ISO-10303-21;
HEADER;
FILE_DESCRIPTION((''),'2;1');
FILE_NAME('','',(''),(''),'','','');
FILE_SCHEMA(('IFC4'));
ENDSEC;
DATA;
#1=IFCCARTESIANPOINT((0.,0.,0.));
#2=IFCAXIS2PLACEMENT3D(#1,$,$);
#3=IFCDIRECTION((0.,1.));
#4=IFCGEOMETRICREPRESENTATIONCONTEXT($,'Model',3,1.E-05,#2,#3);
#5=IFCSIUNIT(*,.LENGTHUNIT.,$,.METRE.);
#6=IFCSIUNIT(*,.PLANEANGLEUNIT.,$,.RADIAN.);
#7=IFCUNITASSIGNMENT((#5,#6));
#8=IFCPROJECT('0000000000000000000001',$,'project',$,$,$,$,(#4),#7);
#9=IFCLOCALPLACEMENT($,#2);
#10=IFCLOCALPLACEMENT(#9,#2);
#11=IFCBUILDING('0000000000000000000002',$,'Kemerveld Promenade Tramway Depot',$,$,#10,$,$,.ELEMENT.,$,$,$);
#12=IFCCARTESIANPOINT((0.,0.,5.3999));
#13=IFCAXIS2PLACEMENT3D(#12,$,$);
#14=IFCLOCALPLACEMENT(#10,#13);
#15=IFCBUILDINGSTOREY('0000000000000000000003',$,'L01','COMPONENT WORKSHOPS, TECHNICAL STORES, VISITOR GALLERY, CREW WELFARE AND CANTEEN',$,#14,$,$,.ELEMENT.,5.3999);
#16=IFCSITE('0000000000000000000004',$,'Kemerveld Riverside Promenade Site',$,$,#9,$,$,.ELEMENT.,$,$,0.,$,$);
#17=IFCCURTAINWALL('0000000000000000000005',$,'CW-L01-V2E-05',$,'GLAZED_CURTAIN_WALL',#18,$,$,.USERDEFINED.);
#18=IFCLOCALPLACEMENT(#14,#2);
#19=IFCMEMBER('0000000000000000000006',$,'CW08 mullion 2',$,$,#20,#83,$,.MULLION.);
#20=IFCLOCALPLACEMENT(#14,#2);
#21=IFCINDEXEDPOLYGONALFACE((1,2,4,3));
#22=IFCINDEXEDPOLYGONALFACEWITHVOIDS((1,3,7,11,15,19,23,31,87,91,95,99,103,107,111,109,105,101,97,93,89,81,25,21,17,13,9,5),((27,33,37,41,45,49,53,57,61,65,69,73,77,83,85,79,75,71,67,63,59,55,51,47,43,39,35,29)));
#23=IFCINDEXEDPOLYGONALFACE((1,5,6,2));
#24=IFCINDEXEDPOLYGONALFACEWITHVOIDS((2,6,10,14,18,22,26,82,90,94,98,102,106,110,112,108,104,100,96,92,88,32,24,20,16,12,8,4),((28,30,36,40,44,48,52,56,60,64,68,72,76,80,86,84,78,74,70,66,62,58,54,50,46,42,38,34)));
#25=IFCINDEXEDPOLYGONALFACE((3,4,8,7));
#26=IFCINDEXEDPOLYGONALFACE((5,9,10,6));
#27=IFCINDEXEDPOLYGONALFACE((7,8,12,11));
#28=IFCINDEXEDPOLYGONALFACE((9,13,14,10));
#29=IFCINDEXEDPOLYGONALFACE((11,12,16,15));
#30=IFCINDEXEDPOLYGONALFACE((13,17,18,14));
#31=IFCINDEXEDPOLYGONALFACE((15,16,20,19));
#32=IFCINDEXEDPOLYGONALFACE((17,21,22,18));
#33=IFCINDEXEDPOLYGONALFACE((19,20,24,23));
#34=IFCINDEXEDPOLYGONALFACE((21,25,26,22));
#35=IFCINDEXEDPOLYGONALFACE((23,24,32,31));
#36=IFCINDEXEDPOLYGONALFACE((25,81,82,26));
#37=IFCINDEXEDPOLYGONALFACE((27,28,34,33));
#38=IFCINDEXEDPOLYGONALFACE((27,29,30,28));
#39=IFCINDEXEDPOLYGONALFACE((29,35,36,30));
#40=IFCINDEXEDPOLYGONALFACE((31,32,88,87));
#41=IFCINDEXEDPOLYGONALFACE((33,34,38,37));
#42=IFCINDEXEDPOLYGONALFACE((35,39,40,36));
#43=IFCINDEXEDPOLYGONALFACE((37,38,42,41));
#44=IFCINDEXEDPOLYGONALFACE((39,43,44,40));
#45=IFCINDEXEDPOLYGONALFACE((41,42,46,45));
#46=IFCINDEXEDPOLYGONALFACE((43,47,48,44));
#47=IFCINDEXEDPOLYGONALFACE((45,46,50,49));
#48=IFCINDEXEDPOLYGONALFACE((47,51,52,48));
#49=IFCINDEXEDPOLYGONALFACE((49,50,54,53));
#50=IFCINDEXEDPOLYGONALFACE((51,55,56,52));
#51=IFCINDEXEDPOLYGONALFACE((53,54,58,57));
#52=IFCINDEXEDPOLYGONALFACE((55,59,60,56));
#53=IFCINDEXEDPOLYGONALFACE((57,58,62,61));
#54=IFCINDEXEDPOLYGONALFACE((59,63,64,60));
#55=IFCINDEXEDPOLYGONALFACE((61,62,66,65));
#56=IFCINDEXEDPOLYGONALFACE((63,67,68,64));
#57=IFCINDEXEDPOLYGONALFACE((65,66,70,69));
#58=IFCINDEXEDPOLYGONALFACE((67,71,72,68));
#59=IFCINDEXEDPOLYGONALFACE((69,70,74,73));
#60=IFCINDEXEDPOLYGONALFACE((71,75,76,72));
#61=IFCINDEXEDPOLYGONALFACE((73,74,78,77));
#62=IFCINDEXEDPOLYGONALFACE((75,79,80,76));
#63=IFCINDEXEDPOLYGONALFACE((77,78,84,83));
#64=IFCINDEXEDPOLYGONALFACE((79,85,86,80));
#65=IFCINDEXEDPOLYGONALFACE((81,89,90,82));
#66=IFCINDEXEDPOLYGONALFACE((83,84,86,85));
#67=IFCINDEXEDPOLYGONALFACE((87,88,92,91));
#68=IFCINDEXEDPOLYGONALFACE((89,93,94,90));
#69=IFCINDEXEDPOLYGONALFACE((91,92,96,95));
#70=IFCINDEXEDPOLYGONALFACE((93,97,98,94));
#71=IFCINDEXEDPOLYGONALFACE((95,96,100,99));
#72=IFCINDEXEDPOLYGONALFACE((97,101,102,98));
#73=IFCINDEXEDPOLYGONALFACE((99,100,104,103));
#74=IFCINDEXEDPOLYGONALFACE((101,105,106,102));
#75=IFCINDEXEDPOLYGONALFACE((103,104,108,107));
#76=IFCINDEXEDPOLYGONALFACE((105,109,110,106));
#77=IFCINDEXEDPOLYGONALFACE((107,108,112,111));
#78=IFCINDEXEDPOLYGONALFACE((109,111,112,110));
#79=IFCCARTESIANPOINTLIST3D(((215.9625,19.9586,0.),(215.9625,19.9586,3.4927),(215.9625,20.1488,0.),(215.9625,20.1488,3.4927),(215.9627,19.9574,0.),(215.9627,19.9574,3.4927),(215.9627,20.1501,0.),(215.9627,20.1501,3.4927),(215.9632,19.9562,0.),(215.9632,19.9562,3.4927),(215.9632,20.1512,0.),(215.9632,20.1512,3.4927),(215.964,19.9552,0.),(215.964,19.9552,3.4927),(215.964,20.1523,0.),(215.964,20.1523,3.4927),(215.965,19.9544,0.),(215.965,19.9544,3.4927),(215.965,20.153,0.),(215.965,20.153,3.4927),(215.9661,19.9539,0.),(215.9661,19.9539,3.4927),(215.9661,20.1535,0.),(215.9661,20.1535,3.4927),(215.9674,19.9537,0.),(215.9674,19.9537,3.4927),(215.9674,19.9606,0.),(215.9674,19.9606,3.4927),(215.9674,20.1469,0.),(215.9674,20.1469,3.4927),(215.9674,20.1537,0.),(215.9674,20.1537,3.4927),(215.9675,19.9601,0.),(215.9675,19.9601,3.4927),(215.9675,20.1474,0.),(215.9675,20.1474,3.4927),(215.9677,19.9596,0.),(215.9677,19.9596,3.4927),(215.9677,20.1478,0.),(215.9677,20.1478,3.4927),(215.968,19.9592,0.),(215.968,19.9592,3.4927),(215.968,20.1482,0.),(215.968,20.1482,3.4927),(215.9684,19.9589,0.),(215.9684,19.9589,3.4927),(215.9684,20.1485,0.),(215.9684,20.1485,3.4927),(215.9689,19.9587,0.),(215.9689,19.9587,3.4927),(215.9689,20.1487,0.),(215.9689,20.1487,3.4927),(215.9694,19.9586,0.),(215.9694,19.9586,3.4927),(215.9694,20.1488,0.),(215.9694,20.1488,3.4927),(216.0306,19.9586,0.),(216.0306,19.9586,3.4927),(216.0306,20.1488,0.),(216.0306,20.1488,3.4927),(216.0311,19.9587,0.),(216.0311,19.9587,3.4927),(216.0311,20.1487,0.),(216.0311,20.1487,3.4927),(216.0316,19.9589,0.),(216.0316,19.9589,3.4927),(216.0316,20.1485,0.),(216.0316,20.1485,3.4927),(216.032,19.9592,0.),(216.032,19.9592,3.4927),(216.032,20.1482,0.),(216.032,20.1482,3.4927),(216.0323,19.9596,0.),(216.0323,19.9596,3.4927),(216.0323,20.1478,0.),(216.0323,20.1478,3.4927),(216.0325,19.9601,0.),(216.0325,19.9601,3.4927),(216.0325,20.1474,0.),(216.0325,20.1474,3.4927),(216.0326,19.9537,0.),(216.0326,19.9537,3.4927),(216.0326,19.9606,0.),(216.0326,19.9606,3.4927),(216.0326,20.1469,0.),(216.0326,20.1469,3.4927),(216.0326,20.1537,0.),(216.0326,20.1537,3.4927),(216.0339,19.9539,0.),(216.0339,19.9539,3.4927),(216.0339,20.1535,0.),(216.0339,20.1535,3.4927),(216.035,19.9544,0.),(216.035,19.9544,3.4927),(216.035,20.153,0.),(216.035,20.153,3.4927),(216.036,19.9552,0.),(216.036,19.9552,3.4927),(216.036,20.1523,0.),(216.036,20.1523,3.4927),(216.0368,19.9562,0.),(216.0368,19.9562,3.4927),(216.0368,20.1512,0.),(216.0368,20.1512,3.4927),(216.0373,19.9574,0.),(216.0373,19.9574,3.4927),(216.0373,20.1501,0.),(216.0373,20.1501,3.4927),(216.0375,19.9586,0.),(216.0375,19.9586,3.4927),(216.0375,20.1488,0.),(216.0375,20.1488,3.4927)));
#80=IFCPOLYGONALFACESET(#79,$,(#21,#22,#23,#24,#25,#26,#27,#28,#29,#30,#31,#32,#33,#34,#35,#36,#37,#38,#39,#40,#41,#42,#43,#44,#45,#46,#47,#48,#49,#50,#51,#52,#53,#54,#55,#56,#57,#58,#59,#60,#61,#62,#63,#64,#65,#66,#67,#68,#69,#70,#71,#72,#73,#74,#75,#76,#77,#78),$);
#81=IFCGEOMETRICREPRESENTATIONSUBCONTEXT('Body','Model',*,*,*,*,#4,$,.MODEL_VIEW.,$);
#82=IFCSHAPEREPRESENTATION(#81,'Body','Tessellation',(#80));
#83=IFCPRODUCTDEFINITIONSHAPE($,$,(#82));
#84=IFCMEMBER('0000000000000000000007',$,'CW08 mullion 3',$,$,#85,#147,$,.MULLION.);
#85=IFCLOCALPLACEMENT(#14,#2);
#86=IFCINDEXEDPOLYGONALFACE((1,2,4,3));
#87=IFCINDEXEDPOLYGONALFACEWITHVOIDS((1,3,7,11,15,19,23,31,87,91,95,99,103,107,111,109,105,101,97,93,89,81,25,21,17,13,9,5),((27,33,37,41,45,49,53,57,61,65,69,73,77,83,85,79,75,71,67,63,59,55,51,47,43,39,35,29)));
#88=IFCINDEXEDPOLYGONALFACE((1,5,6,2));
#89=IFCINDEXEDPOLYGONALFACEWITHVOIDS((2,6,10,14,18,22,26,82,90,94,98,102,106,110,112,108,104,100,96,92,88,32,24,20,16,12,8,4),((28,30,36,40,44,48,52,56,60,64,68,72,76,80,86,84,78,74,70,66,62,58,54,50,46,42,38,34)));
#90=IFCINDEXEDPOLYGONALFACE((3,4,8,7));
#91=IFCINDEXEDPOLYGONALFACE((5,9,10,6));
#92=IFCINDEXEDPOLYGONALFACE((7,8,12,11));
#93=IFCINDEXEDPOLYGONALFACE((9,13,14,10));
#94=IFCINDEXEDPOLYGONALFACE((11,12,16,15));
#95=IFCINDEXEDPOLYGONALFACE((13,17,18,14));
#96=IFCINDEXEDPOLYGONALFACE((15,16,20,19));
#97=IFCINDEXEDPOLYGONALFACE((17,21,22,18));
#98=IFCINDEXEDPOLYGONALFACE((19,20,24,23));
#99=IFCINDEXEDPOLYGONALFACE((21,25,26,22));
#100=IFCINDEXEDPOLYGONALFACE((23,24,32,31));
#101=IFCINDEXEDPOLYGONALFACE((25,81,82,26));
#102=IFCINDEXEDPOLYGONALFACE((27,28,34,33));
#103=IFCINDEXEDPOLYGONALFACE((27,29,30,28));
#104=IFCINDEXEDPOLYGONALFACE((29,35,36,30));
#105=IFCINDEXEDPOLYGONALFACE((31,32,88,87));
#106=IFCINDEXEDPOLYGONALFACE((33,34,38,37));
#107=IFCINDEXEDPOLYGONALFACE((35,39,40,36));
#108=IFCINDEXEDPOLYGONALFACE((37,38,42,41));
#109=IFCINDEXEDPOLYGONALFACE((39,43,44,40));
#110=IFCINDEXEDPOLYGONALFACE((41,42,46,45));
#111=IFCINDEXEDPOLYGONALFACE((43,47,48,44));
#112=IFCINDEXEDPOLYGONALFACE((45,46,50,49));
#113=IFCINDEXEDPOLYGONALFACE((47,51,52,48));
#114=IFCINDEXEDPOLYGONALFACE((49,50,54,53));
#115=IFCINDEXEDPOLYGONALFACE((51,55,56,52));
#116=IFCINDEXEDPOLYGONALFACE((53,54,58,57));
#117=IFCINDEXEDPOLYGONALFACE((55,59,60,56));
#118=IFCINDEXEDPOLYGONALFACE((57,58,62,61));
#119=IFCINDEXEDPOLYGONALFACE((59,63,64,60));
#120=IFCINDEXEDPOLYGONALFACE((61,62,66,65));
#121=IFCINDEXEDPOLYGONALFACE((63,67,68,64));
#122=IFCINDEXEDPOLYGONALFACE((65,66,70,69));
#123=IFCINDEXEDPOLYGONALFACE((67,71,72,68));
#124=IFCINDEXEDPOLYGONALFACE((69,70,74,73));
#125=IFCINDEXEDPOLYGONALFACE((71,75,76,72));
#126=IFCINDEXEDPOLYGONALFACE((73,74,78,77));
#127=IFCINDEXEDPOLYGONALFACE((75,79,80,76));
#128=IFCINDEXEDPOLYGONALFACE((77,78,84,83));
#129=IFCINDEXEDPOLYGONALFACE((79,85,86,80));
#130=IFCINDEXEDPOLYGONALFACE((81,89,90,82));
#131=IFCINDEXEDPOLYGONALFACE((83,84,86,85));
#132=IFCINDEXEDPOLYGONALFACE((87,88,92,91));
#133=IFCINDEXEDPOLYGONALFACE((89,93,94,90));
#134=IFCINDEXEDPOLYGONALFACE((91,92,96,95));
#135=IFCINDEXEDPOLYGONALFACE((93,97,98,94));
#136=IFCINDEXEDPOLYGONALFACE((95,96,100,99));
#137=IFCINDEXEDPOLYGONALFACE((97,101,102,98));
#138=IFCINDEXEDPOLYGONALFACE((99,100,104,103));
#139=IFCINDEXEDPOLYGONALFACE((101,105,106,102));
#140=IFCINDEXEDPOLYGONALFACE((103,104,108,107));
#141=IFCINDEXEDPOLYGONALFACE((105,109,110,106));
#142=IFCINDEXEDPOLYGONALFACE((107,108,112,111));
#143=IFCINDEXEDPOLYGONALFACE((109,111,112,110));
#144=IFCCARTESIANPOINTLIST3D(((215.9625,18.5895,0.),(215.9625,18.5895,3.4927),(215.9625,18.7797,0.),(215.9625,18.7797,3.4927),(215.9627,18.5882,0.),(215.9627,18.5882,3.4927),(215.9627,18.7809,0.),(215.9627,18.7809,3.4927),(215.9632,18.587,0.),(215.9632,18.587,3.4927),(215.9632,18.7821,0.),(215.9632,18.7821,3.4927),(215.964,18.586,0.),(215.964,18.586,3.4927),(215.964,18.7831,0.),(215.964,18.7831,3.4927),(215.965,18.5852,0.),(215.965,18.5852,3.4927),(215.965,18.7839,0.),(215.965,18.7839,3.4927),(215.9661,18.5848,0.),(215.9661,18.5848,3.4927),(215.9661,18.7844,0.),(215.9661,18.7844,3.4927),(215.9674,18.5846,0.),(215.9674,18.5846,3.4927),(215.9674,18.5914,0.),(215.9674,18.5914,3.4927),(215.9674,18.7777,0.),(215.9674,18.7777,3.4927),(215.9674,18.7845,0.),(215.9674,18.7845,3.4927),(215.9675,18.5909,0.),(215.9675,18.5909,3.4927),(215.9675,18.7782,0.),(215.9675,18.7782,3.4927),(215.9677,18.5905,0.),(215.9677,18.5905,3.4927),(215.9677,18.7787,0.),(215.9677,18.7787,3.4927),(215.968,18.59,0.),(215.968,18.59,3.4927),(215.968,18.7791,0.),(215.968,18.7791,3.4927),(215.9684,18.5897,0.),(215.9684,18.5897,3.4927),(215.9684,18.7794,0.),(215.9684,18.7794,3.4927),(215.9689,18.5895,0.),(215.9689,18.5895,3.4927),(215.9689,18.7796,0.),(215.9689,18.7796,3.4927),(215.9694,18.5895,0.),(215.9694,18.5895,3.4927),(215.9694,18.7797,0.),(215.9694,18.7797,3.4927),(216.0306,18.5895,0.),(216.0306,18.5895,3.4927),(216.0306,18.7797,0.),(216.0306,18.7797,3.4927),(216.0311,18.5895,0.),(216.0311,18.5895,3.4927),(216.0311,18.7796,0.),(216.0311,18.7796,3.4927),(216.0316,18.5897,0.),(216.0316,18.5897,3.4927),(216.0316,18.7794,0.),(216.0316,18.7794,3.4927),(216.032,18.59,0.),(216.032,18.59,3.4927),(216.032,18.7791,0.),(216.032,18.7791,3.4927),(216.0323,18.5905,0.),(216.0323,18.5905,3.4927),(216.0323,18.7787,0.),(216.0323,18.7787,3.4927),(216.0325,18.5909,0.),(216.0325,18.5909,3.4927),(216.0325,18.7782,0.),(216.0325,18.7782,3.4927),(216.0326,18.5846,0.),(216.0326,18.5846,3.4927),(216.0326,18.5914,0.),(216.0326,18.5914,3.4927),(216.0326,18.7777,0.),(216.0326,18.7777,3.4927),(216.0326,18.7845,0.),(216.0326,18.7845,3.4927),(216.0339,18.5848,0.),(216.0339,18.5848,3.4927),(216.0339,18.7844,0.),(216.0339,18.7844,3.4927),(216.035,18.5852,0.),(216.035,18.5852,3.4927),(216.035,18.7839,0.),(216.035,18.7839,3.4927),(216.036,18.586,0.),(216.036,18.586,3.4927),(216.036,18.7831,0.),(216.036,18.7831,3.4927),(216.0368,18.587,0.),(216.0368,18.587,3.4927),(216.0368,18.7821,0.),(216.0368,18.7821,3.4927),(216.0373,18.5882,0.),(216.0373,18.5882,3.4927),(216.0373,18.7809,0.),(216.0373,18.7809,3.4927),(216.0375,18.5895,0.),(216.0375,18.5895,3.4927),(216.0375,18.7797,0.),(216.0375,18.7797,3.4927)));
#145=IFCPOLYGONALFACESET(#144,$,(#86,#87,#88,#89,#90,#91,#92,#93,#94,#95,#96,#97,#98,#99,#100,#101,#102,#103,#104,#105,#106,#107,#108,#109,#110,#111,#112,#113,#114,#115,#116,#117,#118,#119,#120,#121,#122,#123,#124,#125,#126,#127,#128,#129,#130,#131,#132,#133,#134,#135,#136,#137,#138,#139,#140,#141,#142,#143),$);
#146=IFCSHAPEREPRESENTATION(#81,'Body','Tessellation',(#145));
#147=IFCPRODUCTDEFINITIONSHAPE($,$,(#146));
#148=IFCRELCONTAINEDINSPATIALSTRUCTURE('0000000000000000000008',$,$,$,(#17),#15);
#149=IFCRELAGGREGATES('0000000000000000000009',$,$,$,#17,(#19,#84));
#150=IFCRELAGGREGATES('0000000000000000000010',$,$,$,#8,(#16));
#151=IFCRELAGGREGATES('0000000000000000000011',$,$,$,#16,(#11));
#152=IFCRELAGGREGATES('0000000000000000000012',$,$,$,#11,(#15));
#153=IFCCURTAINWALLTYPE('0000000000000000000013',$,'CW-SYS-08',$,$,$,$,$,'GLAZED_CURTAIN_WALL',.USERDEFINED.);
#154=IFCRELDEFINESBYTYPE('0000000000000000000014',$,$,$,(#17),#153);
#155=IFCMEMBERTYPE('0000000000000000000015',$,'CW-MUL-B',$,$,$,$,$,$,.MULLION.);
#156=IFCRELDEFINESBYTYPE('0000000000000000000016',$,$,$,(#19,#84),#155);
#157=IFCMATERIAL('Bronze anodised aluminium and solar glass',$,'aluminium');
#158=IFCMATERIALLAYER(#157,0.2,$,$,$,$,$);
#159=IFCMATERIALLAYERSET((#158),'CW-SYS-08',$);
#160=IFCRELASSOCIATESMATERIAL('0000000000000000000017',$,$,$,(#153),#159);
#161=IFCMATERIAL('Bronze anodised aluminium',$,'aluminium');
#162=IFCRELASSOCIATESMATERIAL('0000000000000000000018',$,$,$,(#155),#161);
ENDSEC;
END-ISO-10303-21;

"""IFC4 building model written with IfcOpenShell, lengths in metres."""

from ifc_helpers import new_model, si_unit, direction, frame, origin, origin_2d, place, context, subcontext, project, spatial, hollow_rectangle, extrude, material, layer, layer_set, material_profile, profile_set, type_object, element, aggregate, save


model = new_model("IFC4")

# Units and contexts
model_context = context("Model", 3, precision=1e-05, world=origin(), true_north=direction((0.0, 1.0)))
body_context = subcontext(model_context, "Body", "Model", "MODEL_VIEW")
ifc_project = project(units=[si_unit("LENGTHUNIT", "METRE"), si_unit("PLANEANGLEUNIT", "RADIAN")], contexts=[model_context])

# Site, building, storey
site_placement = place(None, origin())
site = spatial("IfcSite", under=ifc_project, at=site_placement, Name="Kemerveld Riverside Promenade Site", CompositionType="ELEMENT", RefElevation=0.0)
building_placement = place(site_placement, origin())
building = spatial("IfcBuilding", under=site, at=building_placement, Name="Kemerveld Promenade Tramway Depot", CompositionType="ELEMENT")
storey_placement = place(building_placement, frame((0.0, 0.0, 5.3999)))
storey = spatial("IfcBuildingStorey", under=building, at=storey_placement, Name="L01", Description="COMPONENT WORKSHOPS, TECHNICAL STORES, VISITOR GALLERY, CREW WELFARE AND CANTEEN", CompositionType="ELEMENT", Elevation=5.3999)

# Curtain wall, members
ifc_material_1 = material(Name="Bronze anodised aluminium and solar glass", Category="aluminium")
ifc_layer_1 = layer(ifc_material_1, 0.2)
ifc_layer_set_1 = layer_set([ifc_layer_1], Name="CW-SYS-08")
curtain_wall_type = type_object("IfcCurtainWallType", Name="CW-SYS-08", ElementType="GLAZED_CURTAIN_WALL", PredefinedType="USERDEFINED", material=ifc_layer_set_1)
curtain_wall_placement = place(storey_placement, origin())
curtain_wall = element("IfcCurtainWall", 1, at=curtain_wall_placement, inside=storey, type_object=curtain_wall_type, Name="CW-L01-V2E-05", ObjectType="GLAZED_CURTAIN_WALL", PredefinedType="USERDEFINED")
ifc_material_2 = material(Name="Bronze anodised aluminium", Category="aluminium")
ifc_material_profile_1 = material_profile(ifc_material_2, hollow_rectangle(XDim=0.075, YDim=0.2, WallThickness=0.0049, InnerFilletRadius=0.002, OuterFilletRadius=0.0049, at=origin_2d()), Name="CW-MUL-200x75")
ifc_profile_set_1 = profile_set([ifc_material_profile_1], Name="Bronze anodised aluminium")
member_type_1 = type_object("IfcMemberType", Name="CW-MUL-B", PredefinedType="MULLION", material=ifc_profile_set_1)
member_1_placement = place(storey_placement, frame((216.0, 20.0537, 0.0), z_axis=(0.0, 0.0, 1.0), x_axis=(1.0, 0.0, 0.0)))
member_1 = element("IfcMember", 2, at=member_1_placement, type_object=member_type_1, Name="CW08 mullion 2", PredefinedType="MULLION", context=body_context, shape_type="SweptSolid", body=[
    extrude(hollow_rectangle(XDim=0.075, YDim=0.2, WallThickness=0.0049, InnerFilletRadius=0.002, OuterFilletRadius=0.0049, at=origin_2d()), origin(), (0.0, 0.0, 1.0), 3.4927),
])
member_2_placement = place(storey_placement, frame((216.0, 18.6846, 0.0), z_axis=(0.0, 0.0, 1.0), x_axis=(1.0, 0.0, 0.0)))
member_2 = element("IfcMember", 3, at=member_2_placement, type_object=member_type_1, Name="CW08 mullion 3", PredefinedType="MULLION", context=body_context, shape_type="SweptSolid", body=[
    extrude(hollow_rectangle(XDim=0.075, YDim=0.2, WallThickness=0.0049, InnerFilletRadius=0.002, OuterFilletRadius=0.0049, at=origin_2d()), origin(), (0.0, 0.0, 1.0), 3.4927),
])
aggregate(curtain_wall, [member_1, member_2])

save(model, "model.ifc")
